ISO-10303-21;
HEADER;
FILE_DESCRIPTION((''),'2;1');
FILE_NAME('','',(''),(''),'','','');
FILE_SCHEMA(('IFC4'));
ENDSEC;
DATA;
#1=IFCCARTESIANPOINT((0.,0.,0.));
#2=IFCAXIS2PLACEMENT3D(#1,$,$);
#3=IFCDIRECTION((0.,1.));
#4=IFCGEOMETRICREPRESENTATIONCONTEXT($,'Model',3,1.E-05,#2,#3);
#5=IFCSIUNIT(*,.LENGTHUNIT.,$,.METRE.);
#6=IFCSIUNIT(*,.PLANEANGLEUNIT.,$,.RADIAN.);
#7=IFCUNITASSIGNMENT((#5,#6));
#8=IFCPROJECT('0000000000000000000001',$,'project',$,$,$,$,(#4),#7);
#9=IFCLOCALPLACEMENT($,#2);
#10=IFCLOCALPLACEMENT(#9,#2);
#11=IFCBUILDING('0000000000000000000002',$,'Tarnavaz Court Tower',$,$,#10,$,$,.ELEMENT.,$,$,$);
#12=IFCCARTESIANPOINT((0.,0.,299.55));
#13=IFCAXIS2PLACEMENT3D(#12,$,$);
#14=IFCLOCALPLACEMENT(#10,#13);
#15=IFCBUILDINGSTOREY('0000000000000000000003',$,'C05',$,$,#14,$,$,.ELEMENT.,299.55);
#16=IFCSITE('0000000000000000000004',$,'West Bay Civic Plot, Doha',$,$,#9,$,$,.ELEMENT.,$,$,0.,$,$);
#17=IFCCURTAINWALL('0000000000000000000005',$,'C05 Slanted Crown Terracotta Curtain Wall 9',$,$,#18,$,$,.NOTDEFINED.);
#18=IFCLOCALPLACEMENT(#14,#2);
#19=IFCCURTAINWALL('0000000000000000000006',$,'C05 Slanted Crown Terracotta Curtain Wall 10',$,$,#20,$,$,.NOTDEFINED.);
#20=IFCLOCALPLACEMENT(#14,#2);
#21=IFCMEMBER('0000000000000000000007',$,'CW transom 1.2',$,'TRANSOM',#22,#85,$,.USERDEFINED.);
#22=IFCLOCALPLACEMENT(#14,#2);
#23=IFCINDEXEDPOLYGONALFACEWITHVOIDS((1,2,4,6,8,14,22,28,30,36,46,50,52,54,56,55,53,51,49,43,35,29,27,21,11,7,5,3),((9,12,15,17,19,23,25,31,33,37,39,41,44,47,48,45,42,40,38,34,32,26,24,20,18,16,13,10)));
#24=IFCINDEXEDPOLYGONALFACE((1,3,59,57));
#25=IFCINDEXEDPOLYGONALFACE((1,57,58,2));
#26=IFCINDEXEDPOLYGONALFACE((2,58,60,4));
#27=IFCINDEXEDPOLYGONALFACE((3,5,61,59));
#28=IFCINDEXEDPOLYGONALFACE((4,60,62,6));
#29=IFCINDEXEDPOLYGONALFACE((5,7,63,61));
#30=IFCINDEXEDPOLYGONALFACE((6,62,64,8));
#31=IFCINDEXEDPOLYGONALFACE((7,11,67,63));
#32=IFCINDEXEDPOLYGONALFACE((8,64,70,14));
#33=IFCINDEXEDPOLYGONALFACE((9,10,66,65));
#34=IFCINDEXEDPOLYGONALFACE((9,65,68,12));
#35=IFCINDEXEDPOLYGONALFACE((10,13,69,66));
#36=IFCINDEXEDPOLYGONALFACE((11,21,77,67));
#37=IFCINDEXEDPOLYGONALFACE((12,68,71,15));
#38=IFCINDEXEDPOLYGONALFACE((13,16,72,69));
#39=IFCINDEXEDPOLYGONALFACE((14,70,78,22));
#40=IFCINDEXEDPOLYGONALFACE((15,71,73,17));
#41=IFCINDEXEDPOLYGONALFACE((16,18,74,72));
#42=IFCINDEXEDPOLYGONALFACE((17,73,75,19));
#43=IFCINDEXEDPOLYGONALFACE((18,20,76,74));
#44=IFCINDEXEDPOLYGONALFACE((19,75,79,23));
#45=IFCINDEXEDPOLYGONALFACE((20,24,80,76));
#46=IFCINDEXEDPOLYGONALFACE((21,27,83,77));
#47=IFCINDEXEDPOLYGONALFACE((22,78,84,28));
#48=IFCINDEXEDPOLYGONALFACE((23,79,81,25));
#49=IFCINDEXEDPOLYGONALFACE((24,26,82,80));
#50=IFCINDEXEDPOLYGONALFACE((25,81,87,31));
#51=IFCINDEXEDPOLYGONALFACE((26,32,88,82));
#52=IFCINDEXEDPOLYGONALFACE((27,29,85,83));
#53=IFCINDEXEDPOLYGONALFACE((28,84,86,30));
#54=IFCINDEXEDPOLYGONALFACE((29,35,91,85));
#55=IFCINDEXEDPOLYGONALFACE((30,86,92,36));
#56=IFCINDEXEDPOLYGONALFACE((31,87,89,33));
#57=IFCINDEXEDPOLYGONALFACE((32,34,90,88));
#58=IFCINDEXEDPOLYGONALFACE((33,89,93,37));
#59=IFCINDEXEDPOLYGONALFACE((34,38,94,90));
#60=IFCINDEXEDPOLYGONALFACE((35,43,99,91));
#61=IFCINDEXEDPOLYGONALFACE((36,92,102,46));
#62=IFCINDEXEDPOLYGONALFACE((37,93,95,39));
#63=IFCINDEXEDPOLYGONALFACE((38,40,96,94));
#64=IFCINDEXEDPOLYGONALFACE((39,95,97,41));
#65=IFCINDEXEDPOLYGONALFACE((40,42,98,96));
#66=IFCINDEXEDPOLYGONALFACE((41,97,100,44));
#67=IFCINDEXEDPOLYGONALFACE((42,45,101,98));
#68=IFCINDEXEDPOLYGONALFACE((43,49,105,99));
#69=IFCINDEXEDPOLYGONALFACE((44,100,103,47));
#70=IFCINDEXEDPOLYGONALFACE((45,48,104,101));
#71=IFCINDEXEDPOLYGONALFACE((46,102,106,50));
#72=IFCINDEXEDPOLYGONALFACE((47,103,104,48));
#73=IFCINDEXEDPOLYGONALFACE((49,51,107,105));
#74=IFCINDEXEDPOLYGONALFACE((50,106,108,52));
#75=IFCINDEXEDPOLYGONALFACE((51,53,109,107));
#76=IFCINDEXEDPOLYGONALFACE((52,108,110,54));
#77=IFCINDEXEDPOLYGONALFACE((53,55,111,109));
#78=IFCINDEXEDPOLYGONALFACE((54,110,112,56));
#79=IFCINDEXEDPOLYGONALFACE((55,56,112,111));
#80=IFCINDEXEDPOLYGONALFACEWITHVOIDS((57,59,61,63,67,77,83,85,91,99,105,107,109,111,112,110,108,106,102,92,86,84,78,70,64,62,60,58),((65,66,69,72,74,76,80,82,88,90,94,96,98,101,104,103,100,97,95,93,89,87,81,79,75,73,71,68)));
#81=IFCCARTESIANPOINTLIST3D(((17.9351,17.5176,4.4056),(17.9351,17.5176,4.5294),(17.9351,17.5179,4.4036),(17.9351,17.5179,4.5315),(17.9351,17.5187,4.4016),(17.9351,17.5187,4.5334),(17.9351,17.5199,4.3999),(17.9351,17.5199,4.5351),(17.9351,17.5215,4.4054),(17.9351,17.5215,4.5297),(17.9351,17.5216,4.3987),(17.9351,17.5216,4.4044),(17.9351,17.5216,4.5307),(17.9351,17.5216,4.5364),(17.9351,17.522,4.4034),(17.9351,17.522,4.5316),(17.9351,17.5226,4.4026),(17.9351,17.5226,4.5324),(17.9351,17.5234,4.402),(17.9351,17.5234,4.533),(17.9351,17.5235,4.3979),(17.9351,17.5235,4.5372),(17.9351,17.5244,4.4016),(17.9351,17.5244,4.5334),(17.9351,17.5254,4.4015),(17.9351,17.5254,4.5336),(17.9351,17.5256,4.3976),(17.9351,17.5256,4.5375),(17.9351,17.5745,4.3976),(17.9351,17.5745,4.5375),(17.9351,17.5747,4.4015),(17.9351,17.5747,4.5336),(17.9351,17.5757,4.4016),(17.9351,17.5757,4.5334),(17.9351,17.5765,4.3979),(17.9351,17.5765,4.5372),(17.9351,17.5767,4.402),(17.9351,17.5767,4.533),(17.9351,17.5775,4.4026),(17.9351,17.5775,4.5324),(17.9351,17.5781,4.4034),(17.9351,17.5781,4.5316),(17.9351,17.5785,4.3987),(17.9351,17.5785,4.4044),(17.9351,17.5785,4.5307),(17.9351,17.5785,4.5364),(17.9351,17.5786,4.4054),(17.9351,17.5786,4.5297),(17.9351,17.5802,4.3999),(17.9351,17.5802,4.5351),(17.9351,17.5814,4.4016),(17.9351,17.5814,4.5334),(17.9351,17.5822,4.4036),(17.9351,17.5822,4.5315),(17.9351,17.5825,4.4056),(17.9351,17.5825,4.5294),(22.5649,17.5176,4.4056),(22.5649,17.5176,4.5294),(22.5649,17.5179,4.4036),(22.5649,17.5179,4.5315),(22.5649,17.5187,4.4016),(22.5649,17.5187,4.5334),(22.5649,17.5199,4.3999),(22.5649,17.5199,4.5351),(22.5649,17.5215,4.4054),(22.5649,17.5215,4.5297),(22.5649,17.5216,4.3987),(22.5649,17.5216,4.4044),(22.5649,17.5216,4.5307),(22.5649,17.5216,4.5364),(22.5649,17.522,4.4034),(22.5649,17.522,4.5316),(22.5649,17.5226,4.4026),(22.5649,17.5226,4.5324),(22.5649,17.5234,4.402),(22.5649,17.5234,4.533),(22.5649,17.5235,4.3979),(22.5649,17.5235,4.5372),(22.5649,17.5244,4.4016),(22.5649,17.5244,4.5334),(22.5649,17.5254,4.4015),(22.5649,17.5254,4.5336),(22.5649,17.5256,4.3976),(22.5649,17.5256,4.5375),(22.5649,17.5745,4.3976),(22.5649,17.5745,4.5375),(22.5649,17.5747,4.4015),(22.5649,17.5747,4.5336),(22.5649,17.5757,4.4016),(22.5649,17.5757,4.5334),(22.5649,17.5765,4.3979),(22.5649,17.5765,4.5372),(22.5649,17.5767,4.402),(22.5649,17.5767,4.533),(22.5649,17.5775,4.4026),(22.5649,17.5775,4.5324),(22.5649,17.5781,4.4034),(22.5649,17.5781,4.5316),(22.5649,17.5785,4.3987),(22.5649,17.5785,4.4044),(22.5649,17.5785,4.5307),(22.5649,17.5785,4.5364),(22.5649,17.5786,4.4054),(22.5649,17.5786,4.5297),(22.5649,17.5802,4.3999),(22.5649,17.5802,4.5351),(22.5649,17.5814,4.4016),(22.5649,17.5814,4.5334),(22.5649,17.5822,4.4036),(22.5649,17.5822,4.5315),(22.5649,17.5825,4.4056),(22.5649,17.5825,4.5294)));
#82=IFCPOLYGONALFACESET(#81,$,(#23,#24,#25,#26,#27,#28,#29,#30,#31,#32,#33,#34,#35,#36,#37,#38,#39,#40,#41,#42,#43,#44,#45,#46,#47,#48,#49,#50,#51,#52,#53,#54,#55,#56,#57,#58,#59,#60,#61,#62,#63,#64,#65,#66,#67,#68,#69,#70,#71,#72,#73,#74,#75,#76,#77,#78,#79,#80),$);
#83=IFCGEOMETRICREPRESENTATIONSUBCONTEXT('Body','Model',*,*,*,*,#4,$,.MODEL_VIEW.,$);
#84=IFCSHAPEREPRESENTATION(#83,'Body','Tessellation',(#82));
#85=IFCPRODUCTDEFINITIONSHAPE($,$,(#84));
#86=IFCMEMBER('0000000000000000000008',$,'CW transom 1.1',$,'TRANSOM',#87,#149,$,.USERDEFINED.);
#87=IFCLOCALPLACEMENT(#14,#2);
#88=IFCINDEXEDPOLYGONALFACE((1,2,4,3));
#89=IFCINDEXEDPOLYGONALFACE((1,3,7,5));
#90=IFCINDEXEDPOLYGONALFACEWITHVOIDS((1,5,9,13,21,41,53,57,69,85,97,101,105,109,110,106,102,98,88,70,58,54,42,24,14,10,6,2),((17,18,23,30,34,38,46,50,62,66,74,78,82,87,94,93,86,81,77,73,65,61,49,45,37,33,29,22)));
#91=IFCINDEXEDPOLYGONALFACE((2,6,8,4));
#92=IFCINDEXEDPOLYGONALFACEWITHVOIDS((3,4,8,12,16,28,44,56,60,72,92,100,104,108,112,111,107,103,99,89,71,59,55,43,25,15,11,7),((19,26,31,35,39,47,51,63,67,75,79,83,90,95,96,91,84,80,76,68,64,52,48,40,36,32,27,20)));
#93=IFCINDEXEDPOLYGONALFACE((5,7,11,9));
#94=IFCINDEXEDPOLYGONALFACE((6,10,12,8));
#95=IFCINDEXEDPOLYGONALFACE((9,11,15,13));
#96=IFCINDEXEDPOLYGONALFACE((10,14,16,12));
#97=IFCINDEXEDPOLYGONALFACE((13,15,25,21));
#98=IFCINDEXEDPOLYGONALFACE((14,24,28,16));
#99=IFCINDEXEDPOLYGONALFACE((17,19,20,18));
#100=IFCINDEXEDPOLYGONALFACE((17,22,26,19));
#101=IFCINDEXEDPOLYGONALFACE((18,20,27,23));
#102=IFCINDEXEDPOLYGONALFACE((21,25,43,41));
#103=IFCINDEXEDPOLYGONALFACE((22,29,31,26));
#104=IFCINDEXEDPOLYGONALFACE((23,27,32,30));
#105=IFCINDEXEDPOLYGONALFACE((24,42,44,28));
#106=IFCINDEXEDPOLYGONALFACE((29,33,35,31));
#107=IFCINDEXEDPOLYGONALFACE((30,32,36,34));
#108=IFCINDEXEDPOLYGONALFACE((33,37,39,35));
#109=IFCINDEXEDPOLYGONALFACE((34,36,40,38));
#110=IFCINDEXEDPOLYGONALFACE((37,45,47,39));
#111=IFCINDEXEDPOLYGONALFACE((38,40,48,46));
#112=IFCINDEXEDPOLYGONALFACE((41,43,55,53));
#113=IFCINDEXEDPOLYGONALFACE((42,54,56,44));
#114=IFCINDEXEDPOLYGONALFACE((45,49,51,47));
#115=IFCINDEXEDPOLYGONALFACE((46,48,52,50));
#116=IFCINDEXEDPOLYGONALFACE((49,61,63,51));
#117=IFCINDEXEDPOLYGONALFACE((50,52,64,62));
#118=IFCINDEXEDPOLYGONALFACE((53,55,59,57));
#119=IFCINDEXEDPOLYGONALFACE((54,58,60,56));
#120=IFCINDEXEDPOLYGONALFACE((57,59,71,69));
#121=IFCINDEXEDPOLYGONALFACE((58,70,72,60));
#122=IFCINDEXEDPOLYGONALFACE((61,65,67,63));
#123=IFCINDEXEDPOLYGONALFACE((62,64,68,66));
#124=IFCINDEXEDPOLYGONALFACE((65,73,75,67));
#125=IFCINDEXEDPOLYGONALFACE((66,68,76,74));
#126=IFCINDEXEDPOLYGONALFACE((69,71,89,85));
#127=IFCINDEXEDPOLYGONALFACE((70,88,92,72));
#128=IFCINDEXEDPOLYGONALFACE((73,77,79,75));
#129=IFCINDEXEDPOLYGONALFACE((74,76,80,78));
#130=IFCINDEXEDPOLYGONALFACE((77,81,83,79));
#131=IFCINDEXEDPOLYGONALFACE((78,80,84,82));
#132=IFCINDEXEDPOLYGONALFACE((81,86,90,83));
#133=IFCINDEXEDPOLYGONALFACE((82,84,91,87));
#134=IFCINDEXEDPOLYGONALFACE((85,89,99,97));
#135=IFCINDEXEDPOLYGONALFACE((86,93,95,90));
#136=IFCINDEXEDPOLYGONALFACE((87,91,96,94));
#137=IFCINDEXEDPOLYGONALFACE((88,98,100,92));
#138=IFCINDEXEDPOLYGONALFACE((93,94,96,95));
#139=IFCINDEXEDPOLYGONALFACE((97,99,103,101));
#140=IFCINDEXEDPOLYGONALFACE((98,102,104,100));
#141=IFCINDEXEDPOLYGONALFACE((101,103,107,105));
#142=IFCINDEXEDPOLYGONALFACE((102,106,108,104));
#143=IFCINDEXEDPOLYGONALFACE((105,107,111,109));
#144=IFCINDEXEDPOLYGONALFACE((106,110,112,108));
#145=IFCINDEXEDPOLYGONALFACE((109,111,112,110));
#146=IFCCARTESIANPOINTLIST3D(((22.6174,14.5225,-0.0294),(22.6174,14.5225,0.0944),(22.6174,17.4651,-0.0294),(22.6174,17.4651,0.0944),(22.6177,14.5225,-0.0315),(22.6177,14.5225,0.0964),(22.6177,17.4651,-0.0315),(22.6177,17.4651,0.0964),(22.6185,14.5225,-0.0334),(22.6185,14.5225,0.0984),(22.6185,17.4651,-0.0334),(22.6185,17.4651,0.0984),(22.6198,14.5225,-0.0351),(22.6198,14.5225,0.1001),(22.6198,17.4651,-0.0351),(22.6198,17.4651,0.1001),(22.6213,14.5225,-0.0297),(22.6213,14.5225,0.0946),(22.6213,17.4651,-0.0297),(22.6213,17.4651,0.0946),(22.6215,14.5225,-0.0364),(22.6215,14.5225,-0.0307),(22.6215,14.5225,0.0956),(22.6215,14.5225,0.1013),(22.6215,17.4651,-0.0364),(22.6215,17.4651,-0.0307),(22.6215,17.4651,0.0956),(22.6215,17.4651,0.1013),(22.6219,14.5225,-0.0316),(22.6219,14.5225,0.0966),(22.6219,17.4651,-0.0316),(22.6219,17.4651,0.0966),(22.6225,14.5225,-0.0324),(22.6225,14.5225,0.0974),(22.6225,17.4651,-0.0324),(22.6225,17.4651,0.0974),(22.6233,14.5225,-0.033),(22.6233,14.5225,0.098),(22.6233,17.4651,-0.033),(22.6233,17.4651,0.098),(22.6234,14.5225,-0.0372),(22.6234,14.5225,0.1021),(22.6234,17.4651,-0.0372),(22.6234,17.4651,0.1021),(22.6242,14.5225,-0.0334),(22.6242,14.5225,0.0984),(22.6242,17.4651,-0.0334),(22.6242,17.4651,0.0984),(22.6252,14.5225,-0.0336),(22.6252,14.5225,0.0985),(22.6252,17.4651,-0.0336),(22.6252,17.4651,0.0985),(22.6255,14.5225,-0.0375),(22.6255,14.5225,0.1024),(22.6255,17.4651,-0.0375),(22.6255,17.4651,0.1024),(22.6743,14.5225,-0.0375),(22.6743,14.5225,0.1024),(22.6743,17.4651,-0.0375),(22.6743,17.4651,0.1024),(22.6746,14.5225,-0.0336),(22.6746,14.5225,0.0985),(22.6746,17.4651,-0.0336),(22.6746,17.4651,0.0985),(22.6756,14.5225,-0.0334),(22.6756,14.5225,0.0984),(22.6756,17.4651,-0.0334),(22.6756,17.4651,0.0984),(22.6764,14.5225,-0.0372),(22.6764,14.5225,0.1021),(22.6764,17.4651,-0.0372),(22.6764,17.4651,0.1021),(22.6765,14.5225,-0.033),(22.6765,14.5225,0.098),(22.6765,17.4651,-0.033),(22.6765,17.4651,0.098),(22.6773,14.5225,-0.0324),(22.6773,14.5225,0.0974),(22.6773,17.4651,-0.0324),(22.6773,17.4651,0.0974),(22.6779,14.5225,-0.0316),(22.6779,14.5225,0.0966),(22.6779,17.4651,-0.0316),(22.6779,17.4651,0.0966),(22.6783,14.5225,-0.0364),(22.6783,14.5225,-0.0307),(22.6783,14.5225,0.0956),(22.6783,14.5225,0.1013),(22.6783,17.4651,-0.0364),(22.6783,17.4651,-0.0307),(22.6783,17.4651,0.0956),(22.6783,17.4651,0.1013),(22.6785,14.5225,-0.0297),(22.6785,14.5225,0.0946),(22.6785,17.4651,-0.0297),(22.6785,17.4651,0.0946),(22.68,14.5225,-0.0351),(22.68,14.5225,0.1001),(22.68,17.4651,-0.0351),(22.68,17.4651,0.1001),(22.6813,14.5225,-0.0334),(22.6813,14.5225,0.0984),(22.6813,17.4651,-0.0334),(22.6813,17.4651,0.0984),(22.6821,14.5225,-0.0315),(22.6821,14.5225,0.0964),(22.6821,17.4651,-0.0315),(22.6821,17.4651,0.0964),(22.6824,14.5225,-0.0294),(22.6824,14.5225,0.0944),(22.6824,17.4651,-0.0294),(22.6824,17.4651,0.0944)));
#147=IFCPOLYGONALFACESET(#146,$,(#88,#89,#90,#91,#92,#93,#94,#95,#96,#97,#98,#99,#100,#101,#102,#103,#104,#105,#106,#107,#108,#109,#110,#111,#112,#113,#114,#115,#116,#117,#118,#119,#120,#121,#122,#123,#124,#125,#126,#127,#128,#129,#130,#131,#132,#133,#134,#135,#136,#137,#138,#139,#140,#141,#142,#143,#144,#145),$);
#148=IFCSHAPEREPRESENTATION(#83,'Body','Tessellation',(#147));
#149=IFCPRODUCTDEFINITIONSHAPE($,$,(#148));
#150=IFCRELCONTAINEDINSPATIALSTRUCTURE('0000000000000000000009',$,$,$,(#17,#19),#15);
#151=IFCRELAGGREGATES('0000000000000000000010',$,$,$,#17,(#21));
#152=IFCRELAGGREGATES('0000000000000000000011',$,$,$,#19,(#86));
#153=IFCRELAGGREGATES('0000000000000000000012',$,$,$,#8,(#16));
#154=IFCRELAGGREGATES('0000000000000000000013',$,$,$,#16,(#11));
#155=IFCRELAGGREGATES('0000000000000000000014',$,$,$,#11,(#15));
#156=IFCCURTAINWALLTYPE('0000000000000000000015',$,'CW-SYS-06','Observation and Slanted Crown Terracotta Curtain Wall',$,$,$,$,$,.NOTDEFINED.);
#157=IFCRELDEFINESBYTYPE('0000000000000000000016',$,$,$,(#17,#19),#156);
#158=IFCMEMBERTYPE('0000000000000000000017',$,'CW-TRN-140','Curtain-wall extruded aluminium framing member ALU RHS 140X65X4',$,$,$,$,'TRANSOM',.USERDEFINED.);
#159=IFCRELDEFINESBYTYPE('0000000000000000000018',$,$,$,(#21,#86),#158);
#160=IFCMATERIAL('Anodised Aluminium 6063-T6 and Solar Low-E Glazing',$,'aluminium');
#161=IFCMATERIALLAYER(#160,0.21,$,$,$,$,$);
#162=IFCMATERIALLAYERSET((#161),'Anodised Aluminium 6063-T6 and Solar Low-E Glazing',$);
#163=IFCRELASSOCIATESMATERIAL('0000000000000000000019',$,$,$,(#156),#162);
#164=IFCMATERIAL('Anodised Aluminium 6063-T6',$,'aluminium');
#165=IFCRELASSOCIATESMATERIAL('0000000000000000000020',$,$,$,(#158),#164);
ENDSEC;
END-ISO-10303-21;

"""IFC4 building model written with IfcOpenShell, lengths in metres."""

from ifc_helpers import new_model, si_unit, direction, frame, origin, origin_2d, place, context, subcontext, project, spatial, hollow_rectangle, extrude, material, layer, layer_set, material_profile, profile_set, type_object, element, aggregate, save


model = new_model("IFC4")

# Units and contexts
model_context = context("Model", 3, precision=1e-05, world=origin(), true_north=direction((0.0, 1.0)))
body_context = subcontext(model_context, "Body", "Model", "MODEL_VIEW")
ifc_project = project(units=[si_unit("LENGTHUNIT", "METRE"), si_unit("PLANEANGLEUNIT", "RADIAN")], contexts=[model_context])

# Site, building, storey
site_placement = place(None, origin())
site = spatial("IfcSite", under=ifc_project, at=site_placement, Name="West Bay Civic Plot, Doha", CompositionType="ELEMENT", RefElevation=0.0)
building_placement = place(site_placement, origin())
building = spatial("IfcBuilding", under=site, at=building_placement, Name="Tarnavaz Court Tower", CompositionType="ELEMENT")
storey_placement = place(building_placement, frame((0.0, 0.0, 299.55)))
storey = spatial("IfcBuildingStorey", under=building, at=storey_placement, Name="C05", CompositionType="ELEMENT", Elevation=299.55)

# Shared definitions
ifc_material_1 = material(Name="Anodised Aluminium 6063-T6 and Solar Low-E Glazing", Category="aluminium")
ifc_layer_1 = layer(ifc_material_1, 0.21)
ifc_layer_set_1 = layer_set([ifc_layer_1], Name="Anodised Aluminium 6063-T6 and Solar Low-E Glazing")
curtain_wall_type = type_object("IfcCurtainWallType", Name="CW-SYS-06", Description="Observation and Slanted Crown Terracotta Curtain Wall", PredefinedType="NOTDEFINED", material=ifc_layer_set_1)
ifc_material_2 = material(Name="Anodised Aluminium 6063-T6", Category="aluminium")

# Curtain walls
curtain_wall_1_placement = place(storey_placement, origin())
curtain_wall_1 = element("IfcCurtainWall", 1, at=curtain_wall_1_placement, inside=storey, type_object=curtain_wall_type, Name="C05 Slanted Crown Terracotta Curtain Wall 9", PredefinedType="NOTDEFINED")
curtain_wall_2_placement = place(storey_placement, origin())
curtain_wall_2 = element("IfcCurtainWall", 2, at=curtain_wall_2_placement, inside=storey, type_object=curtain_wall_type, Name="C05 Slanted Crown Terracotta Curtain Wall 10", PredefinedType="NOTDEFINED")

# Members
ifc_material_profile_1 = material_profile(ifc_material_2, hollow_rectangle(XDim=0.0649, YDim=0.1399, WallThickness=0.0039, InnerFilletRadius=0.0039, OuterFilletRadius=0.0081, at=origin_2d()), Name="ALU RHS 140X65X4")
ifc_profile_set_1 = profile_set([ifc_material_profile_1], Name="Anodised Aluminium 6063-T6")
member_type_1 = type_object("IfcMemberType", Name="CW-TRN-140", Description="Curtain-wall extruded aluminium framing member ALU RHS 140X65X4", ElementType="TRANSOM", PredefinedType="USERDEFINED", material=ifc_profile_set_1)
member_1_placement = place(storey_placement, frame((17.9351, 17.55, 4.4675), z_axis=(1.0, 0.0, 0.0), x_axis=(0.0, 1.0, 0.0)))
member_1 = element("IfcMember", 3, at=member_1_placement, type_object=member_type_1, Name="CW transom 1.2", ObjectType="TRANSOM", PredefinedType="USERDEFINED", context=body_context, shape_type="SweptSolid", body=[
    extrude(hollow_rectangle(XDim=0.0649, YDim=0.1399, WallThickness=0.0039, InnerFilletRadius=0.0039, OuterFilletRadius=0.0081, at=origin_2d()), origin(), (0.0, 0.0, 1.0), 4.6299),
])
member_2_placement = place(storey_placement, frame((22.6499, 17.4651, 0.0325), z_axis=(0.0, -1.0, 0.0), x_axis=(1.0, 0.0, 0.0)))
member_2 = element("IfcMember", 4, at=member_2_placement, type_object=member_type_1, Name="CW transom 1.1", ObjectType="TRANSOM", PredefinedType="USERDEFINED", context=body_context, shape_type="SweptSolid", body=[
    extrude(hollow_rectangle(XDim=0.0649, YDim=0.1399, WallThickness=0.0039, InnerFilletRadius=0.0039, OuterFilletRadius=0.0081, at=origin_2d()), origin(), (0.0, 0.0, 1.0), 2.9426),
])

aggregate(curtain_wall_1, [member_1])
aggregate(curtain_wall_2, [member_2])

save(model, "model.ifc")
